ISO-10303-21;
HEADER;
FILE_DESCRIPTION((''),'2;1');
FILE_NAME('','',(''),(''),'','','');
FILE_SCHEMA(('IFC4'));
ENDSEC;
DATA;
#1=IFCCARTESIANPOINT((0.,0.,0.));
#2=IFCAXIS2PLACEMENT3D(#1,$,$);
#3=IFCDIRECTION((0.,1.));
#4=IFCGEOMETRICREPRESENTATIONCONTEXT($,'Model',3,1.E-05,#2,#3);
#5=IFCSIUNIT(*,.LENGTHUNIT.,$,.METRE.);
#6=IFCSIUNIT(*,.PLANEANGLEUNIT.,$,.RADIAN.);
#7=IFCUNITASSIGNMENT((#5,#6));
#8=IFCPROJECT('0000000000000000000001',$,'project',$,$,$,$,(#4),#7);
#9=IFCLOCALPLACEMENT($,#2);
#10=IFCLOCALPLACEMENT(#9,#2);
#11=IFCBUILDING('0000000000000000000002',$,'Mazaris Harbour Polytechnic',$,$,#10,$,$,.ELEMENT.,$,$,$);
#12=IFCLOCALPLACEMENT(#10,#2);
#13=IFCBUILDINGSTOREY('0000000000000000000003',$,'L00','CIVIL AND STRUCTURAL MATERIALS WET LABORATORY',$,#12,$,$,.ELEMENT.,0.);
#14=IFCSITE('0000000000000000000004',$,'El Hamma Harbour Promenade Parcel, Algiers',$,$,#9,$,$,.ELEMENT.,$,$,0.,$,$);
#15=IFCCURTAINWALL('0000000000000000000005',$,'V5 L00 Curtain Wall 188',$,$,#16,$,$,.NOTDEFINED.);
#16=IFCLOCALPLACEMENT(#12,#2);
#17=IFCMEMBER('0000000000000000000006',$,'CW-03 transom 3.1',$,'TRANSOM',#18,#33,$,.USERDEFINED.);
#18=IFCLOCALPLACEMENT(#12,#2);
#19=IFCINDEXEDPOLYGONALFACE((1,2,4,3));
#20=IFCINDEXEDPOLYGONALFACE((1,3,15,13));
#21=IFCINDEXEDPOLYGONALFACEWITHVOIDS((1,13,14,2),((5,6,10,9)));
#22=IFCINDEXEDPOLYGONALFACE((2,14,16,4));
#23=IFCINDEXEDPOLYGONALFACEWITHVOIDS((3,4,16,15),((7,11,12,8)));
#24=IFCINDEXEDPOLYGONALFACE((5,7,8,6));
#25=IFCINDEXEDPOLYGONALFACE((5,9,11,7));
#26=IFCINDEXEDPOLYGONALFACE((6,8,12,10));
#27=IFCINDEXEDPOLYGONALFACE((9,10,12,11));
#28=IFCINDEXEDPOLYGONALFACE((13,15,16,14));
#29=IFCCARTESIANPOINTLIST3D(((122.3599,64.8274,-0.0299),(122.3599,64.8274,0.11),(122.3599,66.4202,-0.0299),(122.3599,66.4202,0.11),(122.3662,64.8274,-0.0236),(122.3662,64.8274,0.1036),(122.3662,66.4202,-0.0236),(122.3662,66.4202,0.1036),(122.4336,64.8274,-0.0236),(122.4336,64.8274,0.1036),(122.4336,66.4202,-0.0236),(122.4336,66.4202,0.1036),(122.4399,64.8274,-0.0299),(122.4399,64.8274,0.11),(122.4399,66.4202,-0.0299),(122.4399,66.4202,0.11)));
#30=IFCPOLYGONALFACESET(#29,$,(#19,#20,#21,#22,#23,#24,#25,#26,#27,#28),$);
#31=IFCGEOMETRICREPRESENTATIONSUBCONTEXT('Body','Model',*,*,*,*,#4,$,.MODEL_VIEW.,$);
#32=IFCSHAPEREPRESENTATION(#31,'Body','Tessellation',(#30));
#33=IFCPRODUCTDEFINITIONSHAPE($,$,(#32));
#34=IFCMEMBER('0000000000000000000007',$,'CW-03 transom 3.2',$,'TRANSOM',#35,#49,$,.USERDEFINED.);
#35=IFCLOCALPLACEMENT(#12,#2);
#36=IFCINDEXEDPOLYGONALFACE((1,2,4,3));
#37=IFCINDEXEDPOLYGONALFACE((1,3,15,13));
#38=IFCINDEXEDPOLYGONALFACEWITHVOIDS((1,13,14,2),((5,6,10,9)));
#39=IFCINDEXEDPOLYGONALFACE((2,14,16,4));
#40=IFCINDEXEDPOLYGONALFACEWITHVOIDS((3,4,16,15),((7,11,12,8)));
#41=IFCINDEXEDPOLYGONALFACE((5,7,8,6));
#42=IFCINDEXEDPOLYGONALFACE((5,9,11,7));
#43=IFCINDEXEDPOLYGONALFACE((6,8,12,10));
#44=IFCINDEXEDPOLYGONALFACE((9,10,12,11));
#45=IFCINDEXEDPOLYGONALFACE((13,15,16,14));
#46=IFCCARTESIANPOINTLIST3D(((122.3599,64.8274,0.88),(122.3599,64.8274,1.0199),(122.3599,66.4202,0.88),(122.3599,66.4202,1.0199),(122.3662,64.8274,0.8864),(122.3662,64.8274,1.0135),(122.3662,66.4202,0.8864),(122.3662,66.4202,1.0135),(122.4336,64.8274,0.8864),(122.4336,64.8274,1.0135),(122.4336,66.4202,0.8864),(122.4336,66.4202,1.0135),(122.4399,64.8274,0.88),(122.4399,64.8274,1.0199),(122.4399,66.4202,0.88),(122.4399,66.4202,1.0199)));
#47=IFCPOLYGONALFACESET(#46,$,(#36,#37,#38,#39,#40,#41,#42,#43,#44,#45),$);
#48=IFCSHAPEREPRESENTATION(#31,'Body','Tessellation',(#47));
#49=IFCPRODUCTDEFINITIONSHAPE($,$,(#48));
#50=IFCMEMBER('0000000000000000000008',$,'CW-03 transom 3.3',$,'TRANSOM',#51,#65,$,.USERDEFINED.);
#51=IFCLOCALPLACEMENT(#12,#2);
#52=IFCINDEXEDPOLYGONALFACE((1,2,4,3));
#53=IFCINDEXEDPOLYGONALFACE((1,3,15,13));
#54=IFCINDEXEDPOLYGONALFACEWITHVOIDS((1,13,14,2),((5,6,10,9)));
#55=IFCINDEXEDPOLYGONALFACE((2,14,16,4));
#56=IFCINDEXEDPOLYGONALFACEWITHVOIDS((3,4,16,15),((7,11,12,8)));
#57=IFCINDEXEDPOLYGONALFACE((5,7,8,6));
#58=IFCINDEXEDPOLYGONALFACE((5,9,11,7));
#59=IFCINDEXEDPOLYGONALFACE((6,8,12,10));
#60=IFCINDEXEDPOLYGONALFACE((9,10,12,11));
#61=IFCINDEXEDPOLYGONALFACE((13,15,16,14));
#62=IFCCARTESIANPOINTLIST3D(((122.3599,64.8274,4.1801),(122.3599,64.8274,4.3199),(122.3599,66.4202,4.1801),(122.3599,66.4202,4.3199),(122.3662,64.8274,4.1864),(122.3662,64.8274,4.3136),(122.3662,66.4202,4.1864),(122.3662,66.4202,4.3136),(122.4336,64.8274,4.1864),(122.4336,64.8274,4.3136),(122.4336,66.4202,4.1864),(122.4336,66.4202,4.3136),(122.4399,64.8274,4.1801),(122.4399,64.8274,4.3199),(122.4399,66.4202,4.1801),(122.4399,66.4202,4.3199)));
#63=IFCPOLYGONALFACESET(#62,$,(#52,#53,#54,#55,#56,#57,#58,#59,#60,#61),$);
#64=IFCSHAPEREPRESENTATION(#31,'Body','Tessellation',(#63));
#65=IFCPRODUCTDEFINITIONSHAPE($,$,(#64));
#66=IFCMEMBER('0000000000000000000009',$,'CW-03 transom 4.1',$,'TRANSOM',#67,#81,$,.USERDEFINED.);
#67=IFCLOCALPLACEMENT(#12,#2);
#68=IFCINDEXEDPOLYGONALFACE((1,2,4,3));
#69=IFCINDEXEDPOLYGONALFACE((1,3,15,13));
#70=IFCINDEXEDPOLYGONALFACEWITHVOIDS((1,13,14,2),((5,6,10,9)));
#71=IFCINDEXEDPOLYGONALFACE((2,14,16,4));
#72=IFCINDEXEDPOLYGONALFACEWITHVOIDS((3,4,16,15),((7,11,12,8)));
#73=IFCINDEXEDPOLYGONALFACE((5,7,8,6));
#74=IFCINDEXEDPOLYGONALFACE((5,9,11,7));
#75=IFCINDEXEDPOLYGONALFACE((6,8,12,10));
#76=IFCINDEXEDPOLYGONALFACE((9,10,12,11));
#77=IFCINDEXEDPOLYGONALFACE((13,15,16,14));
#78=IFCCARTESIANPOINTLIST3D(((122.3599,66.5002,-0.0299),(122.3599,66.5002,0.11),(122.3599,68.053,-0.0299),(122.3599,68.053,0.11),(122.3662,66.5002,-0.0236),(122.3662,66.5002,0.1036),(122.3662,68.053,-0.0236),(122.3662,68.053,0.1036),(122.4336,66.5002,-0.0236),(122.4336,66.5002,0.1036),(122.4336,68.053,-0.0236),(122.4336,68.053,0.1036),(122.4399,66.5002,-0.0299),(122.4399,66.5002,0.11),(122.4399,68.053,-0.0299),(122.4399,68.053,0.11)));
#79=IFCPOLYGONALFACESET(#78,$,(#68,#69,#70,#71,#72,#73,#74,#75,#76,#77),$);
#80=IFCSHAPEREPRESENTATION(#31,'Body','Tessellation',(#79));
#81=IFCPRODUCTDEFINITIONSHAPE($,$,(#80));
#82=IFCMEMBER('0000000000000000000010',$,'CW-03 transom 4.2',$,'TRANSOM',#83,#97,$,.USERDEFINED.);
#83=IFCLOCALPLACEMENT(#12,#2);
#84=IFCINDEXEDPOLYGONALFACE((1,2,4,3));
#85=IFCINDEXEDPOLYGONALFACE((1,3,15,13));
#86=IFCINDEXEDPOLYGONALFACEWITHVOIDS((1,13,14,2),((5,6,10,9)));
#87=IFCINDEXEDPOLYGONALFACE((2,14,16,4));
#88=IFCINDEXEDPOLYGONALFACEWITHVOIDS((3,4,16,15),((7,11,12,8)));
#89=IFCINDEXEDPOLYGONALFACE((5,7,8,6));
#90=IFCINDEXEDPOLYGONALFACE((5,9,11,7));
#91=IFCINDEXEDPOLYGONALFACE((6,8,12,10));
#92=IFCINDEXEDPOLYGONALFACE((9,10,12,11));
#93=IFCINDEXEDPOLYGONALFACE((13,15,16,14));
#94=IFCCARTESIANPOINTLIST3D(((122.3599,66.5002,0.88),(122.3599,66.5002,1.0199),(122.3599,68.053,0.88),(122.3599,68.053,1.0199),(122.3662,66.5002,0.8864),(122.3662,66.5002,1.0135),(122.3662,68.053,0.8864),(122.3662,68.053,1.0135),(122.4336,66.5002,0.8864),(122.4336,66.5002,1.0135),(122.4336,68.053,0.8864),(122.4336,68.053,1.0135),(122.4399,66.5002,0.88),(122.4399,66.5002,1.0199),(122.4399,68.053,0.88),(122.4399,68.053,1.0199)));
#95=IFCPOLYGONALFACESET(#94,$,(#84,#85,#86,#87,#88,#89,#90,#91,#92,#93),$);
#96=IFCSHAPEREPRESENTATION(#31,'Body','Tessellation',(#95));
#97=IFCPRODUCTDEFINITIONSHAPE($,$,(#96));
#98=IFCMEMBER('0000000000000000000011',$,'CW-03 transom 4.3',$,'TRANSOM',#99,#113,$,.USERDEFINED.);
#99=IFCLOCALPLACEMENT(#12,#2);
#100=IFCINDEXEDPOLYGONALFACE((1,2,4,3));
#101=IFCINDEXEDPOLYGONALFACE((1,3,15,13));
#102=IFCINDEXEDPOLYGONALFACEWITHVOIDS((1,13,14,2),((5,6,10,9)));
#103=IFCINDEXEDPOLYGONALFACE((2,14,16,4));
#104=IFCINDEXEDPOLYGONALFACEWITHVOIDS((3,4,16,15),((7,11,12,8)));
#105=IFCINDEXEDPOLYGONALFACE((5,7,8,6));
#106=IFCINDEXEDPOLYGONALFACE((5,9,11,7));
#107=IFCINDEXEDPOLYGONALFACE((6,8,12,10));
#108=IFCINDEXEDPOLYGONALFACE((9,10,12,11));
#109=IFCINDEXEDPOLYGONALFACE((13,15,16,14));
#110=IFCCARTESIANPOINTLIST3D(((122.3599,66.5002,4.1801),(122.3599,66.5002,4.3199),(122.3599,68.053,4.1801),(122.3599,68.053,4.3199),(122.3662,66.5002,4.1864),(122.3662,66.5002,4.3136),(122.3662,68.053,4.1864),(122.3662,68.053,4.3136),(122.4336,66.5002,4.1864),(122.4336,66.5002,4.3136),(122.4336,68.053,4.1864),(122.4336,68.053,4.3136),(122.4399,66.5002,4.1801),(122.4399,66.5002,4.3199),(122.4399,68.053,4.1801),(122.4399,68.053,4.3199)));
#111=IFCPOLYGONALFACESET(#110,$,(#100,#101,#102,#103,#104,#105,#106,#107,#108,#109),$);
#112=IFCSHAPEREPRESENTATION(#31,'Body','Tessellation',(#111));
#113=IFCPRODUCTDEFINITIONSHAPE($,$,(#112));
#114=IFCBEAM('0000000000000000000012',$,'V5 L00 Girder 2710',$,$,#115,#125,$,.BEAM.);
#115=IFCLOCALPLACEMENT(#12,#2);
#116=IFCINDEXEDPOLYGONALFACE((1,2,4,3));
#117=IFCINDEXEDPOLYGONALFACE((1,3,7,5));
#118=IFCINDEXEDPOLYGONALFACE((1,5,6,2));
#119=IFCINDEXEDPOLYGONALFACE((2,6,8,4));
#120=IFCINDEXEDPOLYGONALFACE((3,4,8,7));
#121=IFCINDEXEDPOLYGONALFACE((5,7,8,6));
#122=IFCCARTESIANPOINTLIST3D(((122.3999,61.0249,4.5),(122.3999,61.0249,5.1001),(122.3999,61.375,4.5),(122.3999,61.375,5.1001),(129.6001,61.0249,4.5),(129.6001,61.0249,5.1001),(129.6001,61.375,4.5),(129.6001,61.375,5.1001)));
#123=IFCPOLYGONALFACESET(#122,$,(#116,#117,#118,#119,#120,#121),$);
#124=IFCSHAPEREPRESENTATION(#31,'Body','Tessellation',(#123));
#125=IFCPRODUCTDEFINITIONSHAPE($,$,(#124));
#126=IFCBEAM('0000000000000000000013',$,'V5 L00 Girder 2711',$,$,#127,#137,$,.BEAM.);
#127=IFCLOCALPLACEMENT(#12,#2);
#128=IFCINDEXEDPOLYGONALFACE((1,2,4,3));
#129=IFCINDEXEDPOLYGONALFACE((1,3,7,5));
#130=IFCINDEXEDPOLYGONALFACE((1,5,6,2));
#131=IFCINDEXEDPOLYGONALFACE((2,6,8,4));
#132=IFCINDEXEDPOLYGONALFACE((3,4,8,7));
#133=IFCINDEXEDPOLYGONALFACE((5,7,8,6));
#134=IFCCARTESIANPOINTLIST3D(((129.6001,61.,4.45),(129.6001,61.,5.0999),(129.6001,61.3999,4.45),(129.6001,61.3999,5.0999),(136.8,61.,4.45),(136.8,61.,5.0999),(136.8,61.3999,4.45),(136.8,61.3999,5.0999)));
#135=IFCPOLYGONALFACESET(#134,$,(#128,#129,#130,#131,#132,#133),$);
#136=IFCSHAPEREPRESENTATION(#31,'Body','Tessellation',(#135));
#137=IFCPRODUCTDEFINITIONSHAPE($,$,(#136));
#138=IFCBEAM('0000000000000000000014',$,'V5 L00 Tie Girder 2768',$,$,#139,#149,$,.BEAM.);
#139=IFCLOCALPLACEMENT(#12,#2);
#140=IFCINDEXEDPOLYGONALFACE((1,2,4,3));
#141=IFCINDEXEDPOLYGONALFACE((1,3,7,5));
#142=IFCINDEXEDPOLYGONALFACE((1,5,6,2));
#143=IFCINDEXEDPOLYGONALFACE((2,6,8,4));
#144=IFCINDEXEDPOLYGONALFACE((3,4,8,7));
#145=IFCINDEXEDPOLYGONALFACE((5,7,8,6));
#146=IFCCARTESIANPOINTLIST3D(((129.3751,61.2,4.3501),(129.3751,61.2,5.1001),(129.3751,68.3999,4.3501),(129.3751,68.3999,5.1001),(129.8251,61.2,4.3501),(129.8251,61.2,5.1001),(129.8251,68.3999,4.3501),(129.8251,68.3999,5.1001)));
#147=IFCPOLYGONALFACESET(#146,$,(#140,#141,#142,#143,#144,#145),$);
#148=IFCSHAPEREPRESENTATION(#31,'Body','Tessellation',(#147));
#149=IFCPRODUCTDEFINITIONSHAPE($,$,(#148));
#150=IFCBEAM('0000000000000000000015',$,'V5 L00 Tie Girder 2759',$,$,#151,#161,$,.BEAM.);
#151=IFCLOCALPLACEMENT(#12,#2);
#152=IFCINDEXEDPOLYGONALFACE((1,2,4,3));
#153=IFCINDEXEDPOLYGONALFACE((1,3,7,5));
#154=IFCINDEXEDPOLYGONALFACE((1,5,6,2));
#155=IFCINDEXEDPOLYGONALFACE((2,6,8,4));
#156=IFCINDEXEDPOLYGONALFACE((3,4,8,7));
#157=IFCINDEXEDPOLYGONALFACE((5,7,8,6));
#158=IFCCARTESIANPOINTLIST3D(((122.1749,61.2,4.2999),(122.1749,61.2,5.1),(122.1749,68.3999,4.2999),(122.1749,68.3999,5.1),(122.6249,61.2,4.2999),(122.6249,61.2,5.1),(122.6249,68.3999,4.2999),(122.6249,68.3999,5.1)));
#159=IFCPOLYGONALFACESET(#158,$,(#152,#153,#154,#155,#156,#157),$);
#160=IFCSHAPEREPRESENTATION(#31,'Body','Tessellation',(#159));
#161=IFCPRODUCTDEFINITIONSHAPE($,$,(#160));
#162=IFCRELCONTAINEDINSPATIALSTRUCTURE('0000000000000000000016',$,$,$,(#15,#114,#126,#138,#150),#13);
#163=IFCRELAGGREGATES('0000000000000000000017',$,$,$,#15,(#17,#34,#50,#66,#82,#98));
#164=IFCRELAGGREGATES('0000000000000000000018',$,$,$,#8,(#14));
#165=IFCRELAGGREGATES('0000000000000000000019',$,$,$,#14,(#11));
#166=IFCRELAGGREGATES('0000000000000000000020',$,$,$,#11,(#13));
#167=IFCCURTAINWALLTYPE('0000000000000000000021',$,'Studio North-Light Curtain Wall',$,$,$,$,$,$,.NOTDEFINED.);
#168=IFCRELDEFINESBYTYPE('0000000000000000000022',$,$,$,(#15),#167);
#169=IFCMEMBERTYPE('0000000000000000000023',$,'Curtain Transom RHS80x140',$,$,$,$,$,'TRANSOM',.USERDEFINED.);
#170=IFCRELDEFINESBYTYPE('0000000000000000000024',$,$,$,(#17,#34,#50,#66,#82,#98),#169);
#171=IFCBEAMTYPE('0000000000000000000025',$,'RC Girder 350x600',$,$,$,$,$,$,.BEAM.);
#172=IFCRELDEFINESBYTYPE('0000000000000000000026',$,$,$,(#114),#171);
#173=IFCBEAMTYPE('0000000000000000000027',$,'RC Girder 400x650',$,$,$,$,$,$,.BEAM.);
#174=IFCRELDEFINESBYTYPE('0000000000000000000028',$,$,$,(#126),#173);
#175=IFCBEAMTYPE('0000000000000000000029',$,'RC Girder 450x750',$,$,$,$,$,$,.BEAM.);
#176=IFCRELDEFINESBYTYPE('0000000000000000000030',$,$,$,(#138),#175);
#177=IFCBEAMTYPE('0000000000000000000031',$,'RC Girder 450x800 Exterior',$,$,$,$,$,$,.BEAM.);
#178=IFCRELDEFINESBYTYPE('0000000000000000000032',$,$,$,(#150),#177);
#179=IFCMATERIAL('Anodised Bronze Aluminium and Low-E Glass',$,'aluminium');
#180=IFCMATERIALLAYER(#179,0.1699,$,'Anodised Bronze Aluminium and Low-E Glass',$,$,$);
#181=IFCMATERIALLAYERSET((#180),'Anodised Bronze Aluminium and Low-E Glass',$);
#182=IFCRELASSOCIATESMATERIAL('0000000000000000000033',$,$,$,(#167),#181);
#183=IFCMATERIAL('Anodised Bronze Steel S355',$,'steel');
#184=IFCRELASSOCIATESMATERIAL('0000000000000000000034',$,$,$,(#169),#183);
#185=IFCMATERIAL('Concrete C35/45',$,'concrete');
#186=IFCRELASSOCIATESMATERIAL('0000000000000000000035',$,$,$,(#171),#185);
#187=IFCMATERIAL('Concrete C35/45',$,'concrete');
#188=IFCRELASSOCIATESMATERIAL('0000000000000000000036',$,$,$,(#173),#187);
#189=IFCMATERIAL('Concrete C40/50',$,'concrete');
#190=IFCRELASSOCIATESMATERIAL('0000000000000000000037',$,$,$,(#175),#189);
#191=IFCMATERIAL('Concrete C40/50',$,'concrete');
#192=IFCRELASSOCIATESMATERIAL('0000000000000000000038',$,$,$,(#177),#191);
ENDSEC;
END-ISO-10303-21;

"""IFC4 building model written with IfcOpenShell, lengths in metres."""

from ifc_helpers import new_model, si_unit, direction, frame, origin, origin_2d, place, context, subcontext, project, spatial, rectangle, hollow_rectangle, extrude, material, layer, layer_set, material_profile, profile_set, type_object, element, aggregate, save


model = new_model("IFC4")

# Units and contexts
model_context = context("Model", 3, precision=1e-05, world=origin(), true_north=direction((0.0, 1.0)))
body_context = subcontext(model_context, "Body", "Model", "MODEL_VIEW")
ifc_project = project(units=[si_unit("LENGTHUNIT", "METRE"), si_unit("PLANEANGLEUNIT", "RADIAN")], contexts=[model_context])

# Site, building, storey
site_placement = place(None, origin())
site = spatial("IfcSite", under=ifc_project, at=site_placement, Name="El Hamma Harbour Promenade Parcel, Algiers", CompositionType="ELEMENT", RefElevation=0.0)
building_placement = place(site_placement, origin())
building = spatial("IfcBuilding", under=site, at=building_placement, Name="Mazaris Harbour Polytechnic", CompositionType="ELEMENT")
storey_placement = place(building_placement, origin())
storey = spatial("IfcBuildingStorey", under=building, at=storey_placement, Name="L00", Description="CIVIL AND STRUCTURAL MATERIALS WET LABORATORY", CompositionType="ELEMENT", Elevation=0.0)

# Curtain wall, members
ifc_material_1 = material(Name="Anodised Bronze Aluminium and Low-E Glass", Category="aluminium")
ifc_layer_1 = layer(ifc_material_1, 0.1699, Name="Anodised Bronze Aluminium and Low-E Glass")
ifc_layer_set_1 = layer_set([ifc_layer_1], Name="Anodised Bronze Aluminium and Low-E Glass")
curtain_wall_type = type_object("IfcCurtainWallType", Name="Studio North-Light Curtain Wall", PredefinedType="NOTDEFINED", material=ifc_layer_set_1)
curtain_wall_placement = place(storey_placement, origin())
curtain_wall = element("IfcCurtainWall", 1, at=curtain_wall_placement, inside=storey, type_object=curtain_wall_type, Name="V5 L00 Curtain Wall 188", PredefinedType="NOTDEFINED")
ifc_material_2 = material(Name="Anodised Bronze Steel S355", Category="steel")
ifc_material_profile_1 = material_profile(ifc_material_2, hollow_rectangle(XDim=0.0801, YDim=0.1399, WallThickness=0.0063, at=origin_2d()), Name="RHS 80x140x6.3")
ifc_profile_set_1 = profile_set([ifc_material_profile_1], Name="Anodised Bronze Steel S355")
member_type_1 = type_object("IfcMemberType", Name="Curtain Transom RHS80x140", ElementType="TRANSOM", PredefinedType="USERDEFINED", material=ifc_profile_set_1)
member_1_placement = place(storey_placement, frame((122.3999, 64.8274, 0.04), z_axis=(0.0, 1.0, 0.0), x_axis=(-1.0, 0.0, 0.0)))
member_1 = element("IfcMember", 2, at=member_1_placement, type_object=member_type_1, Name="CW-03 transom 3.1", ObjectType="TRANSOM", PredefinedType="USERDEFINED", context=body_context, shape_type="SweptSolid", body=[
    extrude(hollow_rectangle(XDim=0.0801, YDim=0.1399, WallThickness=0.0063, at=origin_2d()), origin(), (0.0, 0.0, 1.0), 1.5928),
])
member_2_placement = place(storey_placement, frame((122.3999, 64.8274, 0.95), z_axis=(0.0, 1.0, 0.0), x_axis=(-1.0, 0.0, 0.0)))
member_2 = element("IfcMember", 3, at=member_2_placement, type_object=member_type_1, Name="CW-03 transom 3.2", ObjectType="TRANSOM", PredefinedType="USERDEFINED", context=body_context, shape_type="SweptSolid", body=[
    extrude(hollow_rectangle(XDim=0.0801, YDim=0.1399, WallThickness=0.0063, at=origin_2d()), origin(), (0.0, 0.0, 1.0), 1.5928),
])
member_3_placement = place(storey_placement, frame((122.3999, 64.8274, 4.25), z_axis=(0.0, 1.0, 0.0), x_axis=(-1.0, 0.0, 0.0)))
member_3 = element("IfcMember", 4, at=member_3_placement, type_object=member_type_1, Name="CW-03 transom 3.3", ObjectType="TRANSOM", PredefinedType="USERDEFINED", context=body_context, shape_type="SweptSolid", body=[
    extrude(hollow_rectangle(XDim=0.0801, YDim=0.1399, WallThickness=0.0063, at=origin_2d()), origin(), (0.0, 0.0, 1.0), 1.5928),
])
member_4_placement = place(storey_placement, frame((122.3999, 66.5002, 0.04), z_axis=(0.0, 1.0, 0.0), x_axis=(-1.0, 0.0, 0.0)))
member_4 = element("IfcMember", 5, at=member_4_placement, type_object=member_type_1, Name="CW-03 transom 4.1", ObjectType="TRANSOM", PredefinedType="USERDEFINED", context=body_context, shape_type="SweptSolid", body=[
    extrude(hollow_rectangle(XDim=0.0801, YDim=0.1399, WallThickness=0.0063, at=origin_2d()), origin(), (0.0, 0.0, 1.0), 1.5527),
])
member_5_placement = place(storey_placement, frame((122.3999, 66.5002, 0.95), z_axis=(0.0, 1.0, 0.0), x_axis=(-1.0, 0.0, 0.0)))
member_5 = element("IfcMember", 6, at=member_5_placement, type_object=member_type_1, Name="CW-03 transom 4.2", ObjectType="TRANSOM", PredefinedType="USERDEFINED", context=body_context, shape_type="SweptSolid", body=[
    extrude(hollow_rectangle(XDim=0.0801, YDim=0.1399, WallThickness=0.0063, at=origin_2d()), origin(), (0.0, 0.0, 1.0), 1.5527),
])
member_6_placement = place(storey_placement, frame((122.3999, 66.5002, 4.25), z_axis=(0.0, 1.0, 0.0), x_axis=(-1.0, 0.0, 0.0)))
member_6 = element("IfcMember", 7, at=member_6_placement, type_object=member_type_1, Name="CW-03 transom 4.3", ObjectType="TRANSOM", PredefinedType="USERDEFINED", context=body_context, shape_type="SweptSolid", body=[
    extrude(hollow_rectangle(XDim=0.0801, YDim=0.1399, WallThickness=0.0063, at=origin_2d()), origin(), (0.0, 0.0, 1.0), 1.5527),
])

# Beams
ifc_material_3 = material(Name="Concrete C35/45", Category="concrete")
ifc_material_profile_2 = material_profile(ifc_material_3, rectangle(XDim=0.3501, YDim=0.6001, at=origin_2d()), Name="RECT350x600")
ifc_profile_set_2 = profile_set([ifc_material_profile_2], Name="Concrete C35/45")
beam_type_1 = type_object("IfcBeamType", Name="RC Girder 350x600", PredefinedType="BEAM", material=ifc_profile_set_2)
beam_1_placement = place(storey_placement, frame((122.3999, 61.2, 4.8), z_axis=(1.0, 0.0, 0.0), x_axis=(0.0, 1.0, 0.0)))
element("IfcBeam", 8, at=beam_1_placement, inside=storey, type_object=beam_type_1, Name="V5 L00 Girder 2710", PredefinedType="BEAM", context=body_context, shape_type="SweptSolid", body=[
    extrude(rectangle(XDim=0.3501, YDim=0.6001, at=origin_2d()), origin(), (0.0, 0.0, 1.0), 7.2002),
])
ifc_material_4 = material(Name="Concrete C35/45", Category="concrete")
ifc_material_profile_3 = material_profile(ifc_material_4, rectangle(XDim=0.3999, YDim=0.6499, at=origin_2d()), Name="RECT400x650")
ifc_profile_set_3 = profile_set([ifc_material_profile_3], Name="Concrete C35/45")
beam_type_2 = type_object("IfcBeamType", Name="RC Girder 400x650", PredefinedType="BEAM", material=ifc_profile_set_3)
beam_2_placement = place(storey_placement, frame((129.6001, 61.2, 4.7749), z_axis=(1.0, 0.0, 0.0), x_axis=(0.0, 1.0, 0.0)))
element("IfcBeam", 9, at=beam_2_placement, inside=storey, type_object=beam_type_2, Name="V5 L00 Girder 2711", PredefinedType="BEAM", context=body_context, shape_type="SweptSolid", body=[
    extrude(rectangle(XDim=0.3999, YDim=0.6499, at=origin_2d()), origin(), (0.0, 0.0, 1.0), 7.2),
])
ifc_material_5 = material(Name="Concrete C40/50", Category="concrete")
ifc_material_profile_4 = material_profile(ifc_material_5, rectangle(XDim=0.45, YDim=0.75, at=origin_2d()), Name="RECT450x750")
ifc_profile_set_4 = profile_set([ifc_material_profile_4], Name="Concrete C40/50")
beam_type_3 = type_object("IfcBeamType", Name="RC Girder 450x750", PredefinedType="BEAM", material=ifc_profile_set_4)
beam_3_placement = place(storey_placement, frame((129.6001, 61.2, 4.7251), z_axis=(0.0, 1.0, 0.0), x_axis=(-1.0, 0.0, 0.0)))
element("IfcBeam", 10, at=beam_3_placement, inside=storey, type_object=beam_type_3, Name="V5 L00 Tie Girder 2768", PredefinedType="BEAM", context=body_context, shape_type="SweptSolid", body=[
    extrude(rectangle(XDim=0.45, YDim=0.75, at=origin_2d()), origin(), (0.0, 0.0, 1.0), 7.2),
])
ifc_material_6 = material(Name="Concrete C40/50", Category="concrete")
ifc_material_profile_5 = material_profile(ifc_material_6, rectangle(XDim=0.45, YDim=0.8, at=origin_2d()), Name="RECT450x800")
ifc_profile_set_5 = profile_set([ifc_material_profile_5], Name="Concrete C40/50")
beam_type_4 = type_object("IfcBeamType", Name="RC Girder 450x800 Exterior", PredefinedType="BEAM", material=ifc_profile_set_5)
beam_4_placement = place(storey_placement, frame((122.3999, 61.2, 4.7), z_axis=(0.0, 1.0, 0.0), x_axis=(-1.0, 0.0, 0.0)))
element("IfcBeam", 11, at=beam_4_placement, inside=storey, type_object=beam_type_4, Name="V5 L00 Tie Girder 2759", PredefinedType="BEAM", context=body_context, shape_type="SweptSolid", body=[
    extrude(rectangle(XDim=0.45, YDim=0.8, at=origin_2d()), origin(), (0.0, 0.0, 1.0), 7.2),
])

aggregate(curtain_wall, [member_1, member_2, member_3, member_4, member_5, member_6])

save(model, "model.ifc")
